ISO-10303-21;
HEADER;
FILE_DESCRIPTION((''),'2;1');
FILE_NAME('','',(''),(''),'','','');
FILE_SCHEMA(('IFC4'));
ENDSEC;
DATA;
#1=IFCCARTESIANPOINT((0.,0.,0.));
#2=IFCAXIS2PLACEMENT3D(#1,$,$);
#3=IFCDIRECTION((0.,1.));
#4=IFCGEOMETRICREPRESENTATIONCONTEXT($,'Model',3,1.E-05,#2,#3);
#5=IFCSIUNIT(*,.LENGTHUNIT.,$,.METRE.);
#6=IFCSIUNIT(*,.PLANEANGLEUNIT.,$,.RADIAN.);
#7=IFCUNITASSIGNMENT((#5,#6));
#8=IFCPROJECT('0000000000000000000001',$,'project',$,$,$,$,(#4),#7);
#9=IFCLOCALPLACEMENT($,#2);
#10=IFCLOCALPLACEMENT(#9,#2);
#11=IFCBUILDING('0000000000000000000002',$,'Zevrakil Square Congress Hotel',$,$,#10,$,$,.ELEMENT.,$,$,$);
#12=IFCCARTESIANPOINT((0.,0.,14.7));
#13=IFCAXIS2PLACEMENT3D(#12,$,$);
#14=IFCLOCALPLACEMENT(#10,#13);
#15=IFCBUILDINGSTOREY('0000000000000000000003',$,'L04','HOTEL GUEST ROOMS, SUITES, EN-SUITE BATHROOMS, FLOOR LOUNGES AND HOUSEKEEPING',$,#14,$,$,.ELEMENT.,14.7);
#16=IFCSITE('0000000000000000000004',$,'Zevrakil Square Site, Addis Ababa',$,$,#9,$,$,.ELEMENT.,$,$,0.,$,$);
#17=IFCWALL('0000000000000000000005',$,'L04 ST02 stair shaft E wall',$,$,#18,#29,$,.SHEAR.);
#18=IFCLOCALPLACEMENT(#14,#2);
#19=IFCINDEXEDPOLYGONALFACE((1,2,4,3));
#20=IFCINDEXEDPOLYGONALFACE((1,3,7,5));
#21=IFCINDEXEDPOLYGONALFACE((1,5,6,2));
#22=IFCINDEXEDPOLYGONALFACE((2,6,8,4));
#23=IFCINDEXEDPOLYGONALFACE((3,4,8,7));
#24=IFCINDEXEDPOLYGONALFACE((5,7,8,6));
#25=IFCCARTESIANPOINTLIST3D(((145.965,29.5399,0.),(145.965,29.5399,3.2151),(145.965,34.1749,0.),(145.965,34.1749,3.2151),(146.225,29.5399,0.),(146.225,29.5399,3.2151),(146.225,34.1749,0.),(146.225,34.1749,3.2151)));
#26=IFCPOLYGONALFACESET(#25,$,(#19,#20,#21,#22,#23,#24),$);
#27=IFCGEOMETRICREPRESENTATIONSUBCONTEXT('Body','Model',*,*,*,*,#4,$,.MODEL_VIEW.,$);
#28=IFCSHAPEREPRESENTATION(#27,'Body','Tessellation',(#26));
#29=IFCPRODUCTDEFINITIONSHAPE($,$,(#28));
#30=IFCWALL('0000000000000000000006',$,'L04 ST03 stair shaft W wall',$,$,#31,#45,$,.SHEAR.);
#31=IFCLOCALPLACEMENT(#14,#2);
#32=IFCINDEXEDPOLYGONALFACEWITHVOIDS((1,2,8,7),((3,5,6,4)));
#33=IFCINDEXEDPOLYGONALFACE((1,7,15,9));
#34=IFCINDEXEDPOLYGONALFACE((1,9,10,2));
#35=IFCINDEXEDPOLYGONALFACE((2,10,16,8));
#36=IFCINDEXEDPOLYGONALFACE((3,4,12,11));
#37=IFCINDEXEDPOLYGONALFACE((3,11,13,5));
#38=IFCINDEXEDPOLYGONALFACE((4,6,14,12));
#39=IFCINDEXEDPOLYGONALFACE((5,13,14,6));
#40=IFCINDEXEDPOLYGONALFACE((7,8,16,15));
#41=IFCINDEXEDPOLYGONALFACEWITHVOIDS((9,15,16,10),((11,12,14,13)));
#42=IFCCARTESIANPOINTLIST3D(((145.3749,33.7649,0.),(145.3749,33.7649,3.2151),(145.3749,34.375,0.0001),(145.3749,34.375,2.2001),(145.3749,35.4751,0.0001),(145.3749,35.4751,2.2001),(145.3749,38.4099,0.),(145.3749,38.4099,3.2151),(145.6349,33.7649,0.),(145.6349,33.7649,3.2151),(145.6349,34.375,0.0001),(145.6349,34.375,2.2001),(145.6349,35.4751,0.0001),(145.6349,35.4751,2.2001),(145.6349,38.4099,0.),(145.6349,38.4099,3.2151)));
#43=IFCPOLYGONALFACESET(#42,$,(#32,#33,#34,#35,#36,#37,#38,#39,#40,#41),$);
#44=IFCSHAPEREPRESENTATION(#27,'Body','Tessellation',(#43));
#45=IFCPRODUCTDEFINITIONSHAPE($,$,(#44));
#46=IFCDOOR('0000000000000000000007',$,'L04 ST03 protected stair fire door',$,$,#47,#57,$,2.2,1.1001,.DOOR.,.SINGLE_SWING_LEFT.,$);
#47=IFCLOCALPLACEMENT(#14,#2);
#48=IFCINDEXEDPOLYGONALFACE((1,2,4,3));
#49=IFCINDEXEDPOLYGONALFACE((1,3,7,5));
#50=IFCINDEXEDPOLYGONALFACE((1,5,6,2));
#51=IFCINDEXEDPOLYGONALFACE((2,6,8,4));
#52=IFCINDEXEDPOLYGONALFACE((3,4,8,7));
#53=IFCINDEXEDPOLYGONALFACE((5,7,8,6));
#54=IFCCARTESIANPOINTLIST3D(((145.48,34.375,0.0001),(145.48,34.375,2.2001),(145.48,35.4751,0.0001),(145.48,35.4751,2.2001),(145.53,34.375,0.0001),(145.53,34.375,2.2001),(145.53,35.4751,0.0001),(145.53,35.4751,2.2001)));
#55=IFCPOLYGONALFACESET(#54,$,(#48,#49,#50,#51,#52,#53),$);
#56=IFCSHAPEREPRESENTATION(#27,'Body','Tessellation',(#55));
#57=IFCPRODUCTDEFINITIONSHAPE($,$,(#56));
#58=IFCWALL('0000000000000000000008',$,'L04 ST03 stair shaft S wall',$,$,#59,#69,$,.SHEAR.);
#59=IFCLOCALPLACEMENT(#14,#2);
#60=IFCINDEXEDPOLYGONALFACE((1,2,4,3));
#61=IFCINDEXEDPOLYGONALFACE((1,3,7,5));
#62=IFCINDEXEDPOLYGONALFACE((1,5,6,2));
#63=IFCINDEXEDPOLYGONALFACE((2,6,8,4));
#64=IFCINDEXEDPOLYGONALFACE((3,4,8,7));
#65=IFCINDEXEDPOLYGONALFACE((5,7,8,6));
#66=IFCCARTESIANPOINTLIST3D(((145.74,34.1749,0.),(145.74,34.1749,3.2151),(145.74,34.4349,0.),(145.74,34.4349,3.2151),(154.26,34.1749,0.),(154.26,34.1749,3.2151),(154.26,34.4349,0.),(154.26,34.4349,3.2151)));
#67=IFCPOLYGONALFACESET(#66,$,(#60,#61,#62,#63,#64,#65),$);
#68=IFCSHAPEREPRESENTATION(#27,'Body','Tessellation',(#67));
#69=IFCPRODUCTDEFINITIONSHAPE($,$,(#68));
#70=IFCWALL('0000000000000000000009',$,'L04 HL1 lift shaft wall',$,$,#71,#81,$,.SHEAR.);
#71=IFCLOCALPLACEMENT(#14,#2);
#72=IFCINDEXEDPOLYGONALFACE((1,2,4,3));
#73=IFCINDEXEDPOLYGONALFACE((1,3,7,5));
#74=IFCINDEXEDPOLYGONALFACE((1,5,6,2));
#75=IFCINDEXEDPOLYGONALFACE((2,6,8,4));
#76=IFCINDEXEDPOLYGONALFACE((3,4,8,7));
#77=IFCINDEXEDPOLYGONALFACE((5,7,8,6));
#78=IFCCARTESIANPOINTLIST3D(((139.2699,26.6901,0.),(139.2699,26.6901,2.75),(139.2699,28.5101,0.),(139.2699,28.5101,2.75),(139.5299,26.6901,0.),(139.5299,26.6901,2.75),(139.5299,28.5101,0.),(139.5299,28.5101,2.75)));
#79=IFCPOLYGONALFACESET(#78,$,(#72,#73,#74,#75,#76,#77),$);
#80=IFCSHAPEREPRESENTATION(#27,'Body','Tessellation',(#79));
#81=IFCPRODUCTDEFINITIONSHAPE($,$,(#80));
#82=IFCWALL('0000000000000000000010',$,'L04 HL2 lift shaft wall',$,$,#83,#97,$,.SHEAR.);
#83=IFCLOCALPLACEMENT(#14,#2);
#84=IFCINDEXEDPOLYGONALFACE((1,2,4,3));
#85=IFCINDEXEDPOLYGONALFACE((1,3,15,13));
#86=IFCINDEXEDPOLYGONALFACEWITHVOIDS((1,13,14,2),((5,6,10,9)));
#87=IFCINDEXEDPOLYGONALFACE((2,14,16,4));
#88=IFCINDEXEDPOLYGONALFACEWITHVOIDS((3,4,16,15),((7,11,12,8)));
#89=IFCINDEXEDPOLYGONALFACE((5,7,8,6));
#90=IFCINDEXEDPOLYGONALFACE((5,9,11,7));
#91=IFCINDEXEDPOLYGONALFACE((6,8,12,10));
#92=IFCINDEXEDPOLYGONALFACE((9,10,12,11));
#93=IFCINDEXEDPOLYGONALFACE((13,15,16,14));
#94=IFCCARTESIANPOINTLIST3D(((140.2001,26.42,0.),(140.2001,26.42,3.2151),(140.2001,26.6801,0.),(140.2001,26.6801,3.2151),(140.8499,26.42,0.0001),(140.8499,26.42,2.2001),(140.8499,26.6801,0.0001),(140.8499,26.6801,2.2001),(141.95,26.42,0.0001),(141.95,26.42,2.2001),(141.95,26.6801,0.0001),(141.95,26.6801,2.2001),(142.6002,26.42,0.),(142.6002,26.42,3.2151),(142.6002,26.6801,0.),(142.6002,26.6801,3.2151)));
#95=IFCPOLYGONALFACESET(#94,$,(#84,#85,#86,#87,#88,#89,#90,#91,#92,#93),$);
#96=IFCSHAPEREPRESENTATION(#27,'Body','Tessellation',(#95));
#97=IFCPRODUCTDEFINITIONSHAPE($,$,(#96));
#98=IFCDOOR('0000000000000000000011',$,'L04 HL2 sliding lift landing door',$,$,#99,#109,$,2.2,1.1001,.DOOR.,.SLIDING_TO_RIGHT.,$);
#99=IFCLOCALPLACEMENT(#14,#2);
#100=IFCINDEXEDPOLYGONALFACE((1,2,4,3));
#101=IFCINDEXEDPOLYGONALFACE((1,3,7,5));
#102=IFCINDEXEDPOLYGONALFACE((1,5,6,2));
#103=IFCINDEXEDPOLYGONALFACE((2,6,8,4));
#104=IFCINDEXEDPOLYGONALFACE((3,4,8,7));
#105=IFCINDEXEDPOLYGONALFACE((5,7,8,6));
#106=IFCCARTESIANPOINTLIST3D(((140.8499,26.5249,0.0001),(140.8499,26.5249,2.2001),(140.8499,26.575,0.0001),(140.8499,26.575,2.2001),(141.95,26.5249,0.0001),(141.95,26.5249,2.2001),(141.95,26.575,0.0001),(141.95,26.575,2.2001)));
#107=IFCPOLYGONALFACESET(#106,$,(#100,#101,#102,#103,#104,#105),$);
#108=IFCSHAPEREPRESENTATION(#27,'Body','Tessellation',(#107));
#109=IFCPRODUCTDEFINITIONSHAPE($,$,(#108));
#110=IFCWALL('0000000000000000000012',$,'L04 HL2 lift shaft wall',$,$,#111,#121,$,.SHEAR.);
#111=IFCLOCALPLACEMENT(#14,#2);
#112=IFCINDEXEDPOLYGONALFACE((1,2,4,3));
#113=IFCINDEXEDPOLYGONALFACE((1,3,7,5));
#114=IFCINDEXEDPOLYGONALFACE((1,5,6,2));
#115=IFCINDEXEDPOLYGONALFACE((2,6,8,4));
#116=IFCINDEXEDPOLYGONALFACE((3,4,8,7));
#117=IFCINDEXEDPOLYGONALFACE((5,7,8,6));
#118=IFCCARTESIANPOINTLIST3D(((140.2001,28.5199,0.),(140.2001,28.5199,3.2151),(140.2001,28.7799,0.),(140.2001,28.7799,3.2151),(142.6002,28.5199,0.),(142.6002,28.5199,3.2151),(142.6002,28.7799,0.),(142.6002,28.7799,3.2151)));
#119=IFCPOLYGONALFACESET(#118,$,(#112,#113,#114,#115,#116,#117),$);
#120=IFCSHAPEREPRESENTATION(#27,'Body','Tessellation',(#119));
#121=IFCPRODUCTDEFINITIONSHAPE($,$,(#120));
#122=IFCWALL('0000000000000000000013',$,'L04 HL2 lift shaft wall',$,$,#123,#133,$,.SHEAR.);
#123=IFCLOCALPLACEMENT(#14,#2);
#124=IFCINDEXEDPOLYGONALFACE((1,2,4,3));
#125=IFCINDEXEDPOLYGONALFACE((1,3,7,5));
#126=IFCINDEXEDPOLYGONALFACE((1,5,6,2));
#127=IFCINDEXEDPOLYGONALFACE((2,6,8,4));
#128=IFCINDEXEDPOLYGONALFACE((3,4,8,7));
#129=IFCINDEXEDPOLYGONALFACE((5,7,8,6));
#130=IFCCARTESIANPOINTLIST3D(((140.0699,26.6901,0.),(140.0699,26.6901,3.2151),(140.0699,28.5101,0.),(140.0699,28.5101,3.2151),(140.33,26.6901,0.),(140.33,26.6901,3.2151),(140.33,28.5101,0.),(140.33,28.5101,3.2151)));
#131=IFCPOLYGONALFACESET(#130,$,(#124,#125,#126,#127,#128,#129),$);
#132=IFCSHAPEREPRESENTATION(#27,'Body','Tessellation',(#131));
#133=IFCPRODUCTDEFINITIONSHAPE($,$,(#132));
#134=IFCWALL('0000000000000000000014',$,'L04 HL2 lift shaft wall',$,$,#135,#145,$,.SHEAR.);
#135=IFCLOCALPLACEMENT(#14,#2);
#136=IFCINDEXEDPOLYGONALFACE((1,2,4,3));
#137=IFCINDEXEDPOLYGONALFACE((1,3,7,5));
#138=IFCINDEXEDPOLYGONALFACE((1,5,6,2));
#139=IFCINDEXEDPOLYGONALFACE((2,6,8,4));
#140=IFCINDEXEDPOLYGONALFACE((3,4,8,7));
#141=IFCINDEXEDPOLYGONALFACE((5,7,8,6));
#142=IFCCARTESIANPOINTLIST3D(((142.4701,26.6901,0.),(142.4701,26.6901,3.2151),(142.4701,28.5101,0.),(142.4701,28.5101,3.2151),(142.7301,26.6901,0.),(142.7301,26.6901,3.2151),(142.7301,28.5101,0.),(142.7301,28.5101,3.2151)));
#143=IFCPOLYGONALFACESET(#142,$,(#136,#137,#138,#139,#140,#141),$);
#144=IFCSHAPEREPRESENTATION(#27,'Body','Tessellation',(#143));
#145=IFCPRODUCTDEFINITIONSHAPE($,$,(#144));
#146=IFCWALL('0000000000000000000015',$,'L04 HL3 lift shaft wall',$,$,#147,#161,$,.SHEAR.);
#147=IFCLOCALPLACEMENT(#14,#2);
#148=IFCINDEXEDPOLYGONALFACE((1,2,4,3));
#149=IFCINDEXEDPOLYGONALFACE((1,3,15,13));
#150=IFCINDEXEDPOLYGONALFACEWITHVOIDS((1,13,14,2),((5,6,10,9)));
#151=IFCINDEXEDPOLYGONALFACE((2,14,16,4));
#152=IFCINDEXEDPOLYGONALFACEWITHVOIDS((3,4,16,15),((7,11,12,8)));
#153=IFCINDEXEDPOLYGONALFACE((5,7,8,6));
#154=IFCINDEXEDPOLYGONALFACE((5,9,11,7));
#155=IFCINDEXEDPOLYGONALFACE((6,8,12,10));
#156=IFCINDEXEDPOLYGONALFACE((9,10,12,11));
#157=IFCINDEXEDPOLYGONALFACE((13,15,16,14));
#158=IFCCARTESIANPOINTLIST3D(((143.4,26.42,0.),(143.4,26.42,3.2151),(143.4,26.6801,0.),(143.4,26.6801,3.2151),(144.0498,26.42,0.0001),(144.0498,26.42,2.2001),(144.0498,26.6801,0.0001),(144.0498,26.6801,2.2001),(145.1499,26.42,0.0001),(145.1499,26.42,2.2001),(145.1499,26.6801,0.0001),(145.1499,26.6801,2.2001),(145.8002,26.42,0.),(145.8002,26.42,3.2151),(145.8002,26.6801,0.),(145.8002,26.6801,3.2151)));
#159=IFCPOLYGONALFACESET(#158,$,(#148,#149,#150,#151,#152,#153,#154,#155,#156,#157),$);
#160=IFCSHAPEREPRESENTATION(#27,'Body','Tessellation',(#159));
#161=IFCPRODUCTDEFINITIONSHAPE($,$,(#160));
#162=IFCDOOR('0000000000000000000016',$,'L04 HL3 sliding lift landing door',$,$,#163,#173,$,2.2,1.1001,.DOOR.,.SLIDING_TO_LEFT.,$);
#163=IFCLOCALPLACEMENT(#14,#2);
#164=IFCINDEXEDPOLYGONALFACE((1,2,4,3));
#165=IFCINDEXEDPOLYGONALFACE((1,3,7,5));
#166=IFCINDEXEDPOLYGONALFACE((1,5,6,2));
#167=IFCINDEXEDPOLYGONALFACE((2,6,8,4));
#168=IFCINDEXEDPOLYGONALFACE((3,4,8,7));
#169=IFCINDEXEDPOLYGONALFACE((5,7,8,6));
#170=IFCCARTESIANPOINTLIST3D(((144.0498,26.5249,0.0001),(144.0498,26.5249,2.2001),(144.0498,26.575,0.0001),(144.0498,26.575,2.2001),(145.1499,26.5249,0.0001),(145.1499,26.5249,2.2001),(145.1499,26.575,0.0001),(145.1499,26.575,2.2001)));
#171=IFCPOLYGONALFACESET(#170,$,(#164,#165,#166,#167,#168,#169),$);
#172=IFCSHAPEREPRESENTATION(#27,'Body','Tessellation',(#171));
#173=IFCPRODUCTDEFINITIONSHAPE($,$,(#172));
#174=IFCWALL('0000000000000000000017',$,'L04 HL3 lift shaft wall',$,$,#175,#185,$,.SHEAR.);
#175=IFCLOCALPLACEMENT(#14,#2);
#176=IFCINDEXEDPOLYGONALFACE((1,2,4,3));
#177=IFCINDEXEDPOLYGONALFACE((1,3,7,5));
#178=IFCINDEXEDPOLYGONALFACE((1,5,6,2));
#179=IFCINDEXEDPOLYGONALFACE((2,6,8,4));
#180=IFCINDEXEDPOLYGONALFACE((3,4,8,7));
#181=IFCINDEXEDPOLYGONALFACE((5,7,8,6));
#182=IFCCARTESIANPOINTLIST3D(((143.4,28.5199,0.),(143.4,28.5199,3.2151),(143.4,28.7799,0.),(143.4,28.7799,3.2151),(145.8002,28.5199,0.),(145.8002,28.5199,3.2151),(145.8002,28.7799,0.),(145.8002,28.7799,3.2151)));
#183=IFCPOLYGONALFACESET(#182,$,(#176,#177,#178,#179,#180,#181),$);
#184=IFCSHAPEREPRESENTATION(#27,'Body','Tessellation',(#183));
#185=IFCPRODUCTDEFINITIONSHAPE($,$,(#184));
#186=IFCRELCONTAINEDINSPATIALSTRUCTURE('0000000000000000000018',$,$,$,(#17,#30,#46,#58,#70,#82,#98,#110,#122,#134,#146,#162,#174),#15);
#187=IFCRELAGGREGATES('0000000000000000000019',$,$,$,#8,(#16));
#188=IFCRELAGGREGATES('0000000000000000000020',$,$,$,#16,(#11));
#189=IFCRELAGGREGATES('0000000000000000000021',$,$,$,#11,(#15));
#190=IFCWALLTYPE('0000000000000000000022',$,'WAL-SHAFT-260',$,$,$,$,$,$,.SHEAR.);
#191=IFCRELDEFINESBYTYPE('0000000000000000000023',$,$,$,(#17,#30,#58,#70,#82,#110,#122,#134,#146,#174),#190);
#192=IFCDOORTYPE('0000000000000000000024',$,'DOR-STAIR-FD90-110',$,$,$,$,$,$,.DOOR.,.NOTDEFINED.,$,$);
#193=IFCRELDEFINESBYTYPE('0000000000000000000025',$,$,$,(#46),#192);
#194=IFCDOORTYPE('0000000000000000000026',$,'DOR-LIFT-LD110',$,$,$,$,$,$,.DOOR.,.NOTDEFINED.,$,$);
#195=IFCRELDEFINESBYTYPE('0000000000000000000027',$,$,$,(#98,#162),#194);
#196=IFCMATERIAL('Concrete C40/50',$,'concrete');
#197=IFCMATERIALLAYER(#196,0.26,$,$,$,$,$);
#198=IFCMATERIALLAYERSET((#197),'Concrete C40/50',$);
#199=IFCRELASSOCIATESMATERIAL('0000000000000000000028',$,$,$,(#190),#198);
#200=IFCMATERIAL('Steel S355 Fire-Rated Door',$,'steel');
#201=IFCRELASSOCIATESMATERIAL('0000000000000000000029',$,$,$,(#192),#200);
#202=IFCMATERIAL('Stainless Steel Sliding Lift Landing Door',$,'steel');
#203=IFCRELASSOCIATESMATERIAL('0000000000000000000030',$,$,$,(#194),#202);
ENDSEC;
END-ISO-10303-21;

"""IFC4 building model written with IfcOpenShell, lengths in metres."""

from ifc_helpers import new_model, si_unit, direction, frame, frame_2d, origin, place, context, subcontext, project, spatial, rectangle, extrude, material, layer, layer_set, type_object, element, fill, save


model = new_model("IFC4")

# Units and contexts
model_context = context("Model", 3, precision=1e-05, world=origin(), true_north=direction((0.0, 1.0)))
body_context = subcontext(model_context, "Body", "Model", "MODEL_VIEW")
ifc_project = project(units=[si_unit("LENGTHUNIT", "METRE"), si_unit("PLANEANGLEUNIT", "RADIAN")], contexts=[model_context])

# Site, building, storey
site_placement = place(None, origin())
site = spatial("IfcSite", under=ifc_project, at=site_placement, Name="Zevrakil Square Site, Addis Ababa", CompositionType="ELEMENT", RefElevation=0.0)
building_placement = place(site_placement, origin())
building = spatial("IfcBuilding", under=site, at=building_placement, Name="Zevrakil Square Congress Hotel", CompositionType="ELEMENT")
storey_placement = place(building_placement, frame((0.0, 0.0, 14.7)))
storey = spatial("IfcBuildingStorey", under=building, at=storey_placement, Name="L04", Description="HOTEL GUEST ROOMS, SUITES, EN-SUITE BATHROOMS, FLOOR LOUNGES AND HOUSEKEEPING", CompositionType="ELEMENT", Elevation=14.7)

# Wall
ifc_material_1 = material(Name="Concrete C40/50", Category="concrete")
ifc_layer_1 = layer(ifc_material_1, 0.26)
ifc_layer_set_1 = layer_set([ifc_layer_1], Name="Concrete C40/50")
wall_type_1 = type_object("IfcWallType", Name="WAL-SHAFT-260", PredefinedType="SHEAR", material=ifc_layer_set_1)
wall_1_placement = place(storey_placement, frame((146.095, 29.54, 0.0), z_axis=(0.0, 0.0, 1.0), x_axis=(0.0, 1.0, 0.0)))
element("IfcWall", 1, at=wall_1_placement, inside=storey, type_object=wall_type_1, Name="L04 ST02 stair shaft E wall", PredefinedType="SHEAR", context=body_context, shape_type="SweptSolid", body=[
    extrude(rectangle(XDim=4.635, YDim=0.26, at=frame_2d((2.3174, 0.0))), origin(), (0.0, 0.0, 1.0), 3.2151),
])

# Wall, opening, door
wall_2_placement = place(storey_placement, frame((145.5049, 33.7649, 0.0), z_axis=(0.0, 0.0, 1.0), x_axis=(0.0, 1.0, 0.0)))
wall_2 = element("IfcWall", 2, at=wall_2_placement, inside=storey, type_object=wall_type_1, Name="L04 ST03 stair shaft W wall", PredefinedType="SHEAR", context=body_context, shape_type="SweptSolid", body=[
    extrude(rectangle(XDim=4.645, YDim=0.26, at=frame_2d((2.3225, 0.0))), origin(), (0.0, 0.0, 1.0), 3.2151),
])
opening_1_placement = place(wall_2_placement, frame((0.6101, 0.0, 0.0)))
opening_1 = element("IfcOpeningElement", 3, at=opening_1_placement, cuts=wall_2, PredefinedType="OPENING", context=body_context, shape_type="SweptSolid", body=[
    extrude(rectangle(XDim=1.1001, YDim=2.2, at=frame_2d((0.55, 1.1001))), frame((0.0, 0.1401, 0.0), z_axis=(0.0, -1.0, 0.0), x_axis=(1.0, 0.0, 0.0)), (0.0, 0.0, 1.0), 0.28),
])
ifc_material_2 = material(Name="Steel S355 Fire-Rated Door", Category="steel")
door_type_1 = type_object("IfcDoorType", Name="DOR-STAIR-FD90-110", OperationType="NOTDEFINED", PredefinedType="DOOR", material=ifc_material_2)
door_1_placement = place(opening_1_placement, origin())
door_1 = element("IfcDoor", 4, at=door_1_placement, inside=storey, type_object=door_type_1, Name="L04 ST03 protected stair fire door", OperationType="SINGLE_SWING_LEFT", OverallHeight=2.2, OverallWidth=1.1001, PredefinedType="DOOR", context=body_context, shape_type="SweptSolid", body=[
    extrude(rectangle(XDim=1.1001, YDim=2.2, at=frame_2d((0.55, 1.1001))), frame((0.0, 0.0249, 0.0), z_axis=(0.0, -1.0, 0.0), x_axis=(1.0, 0.0, 0.0)), (0.0, 0.0, 1.0), 0.05),
])
fill(opening_1, door_1)

# Walls
wall_3_placement = place(storey_placement, frame((145.74, 34.3049, 0.0), z_axis=(0.0, 0.0, 1.0), x_axis=(1.0, 0.0, 0.0)))
element("IfcWall", 5, at=wall_3_placement, inside=storey, type_object=wall_type_1, Name="L04 ST03 stair shaft S wall", PredefinedType="SHEAR", context=body_context, shape_type="SweptSolid", body=[
    extrude(rectangle(XDim=8.52, YDim=0.26, at=frame_2d((4.26, 0.0))), origin(), (0.0, 0.0, 1.0), 3.2151),
])
wall_4_placement = place(storey_placement, frame((139.3999, 26.6899, 0.0), z_axis=(0.0, 0.0, 1.0), x_axis=(0.0, 1.0, 0.0)))
element("IfcWall", 6, at=wall_4_placement, inside=storey, type_object=wall_type_1, Name="L04 HL1 lift shaft wall", PredefinedType="SHEAR", context=body_context, shape_type="SweptSolid", body=[
    extrude(rectangle(XDim=1.8201, YDim=0.26, at=frame_2d((0.9102, 0.0))), origin(), (0.0, 0.0, 1.0), 2.75),
])

# Wall, opening, door
wall_5_placement = place(storey_placement, frame((140.2, 26.55, 0.0), z_axis=(0.0, 0.0, 1.0), x_axis=(1.0, 0.0, 0.0)))
wall_5 = element("IfcWall", 7, at=wall_5_placement, inside=storey, type_object=wall_type_1, Name="L04 HL2 lift shaft wall", PredefinedType="SHEAR", context=body_context, shape_type="SweptSolid", body=[
    extrude(rectangle(XDim=2.4001, YDim=0.26, at=frame_2d((1.2002, 0.0))), origin(), (0.0, 0.0, 1.0), 3.2151),
])
opening_2_placement = place(wall_5_placement, frame((0.6499, 0.0, 0.0)))
opening_2 = element("IfcOpeningElement", 8, at=opening_2_placement, cuts=wall_5, PredefinedType="OPENING", context=body_context, shape_type="SweptSolid", body=[
    extrude(rectangle(XDim=1.1001, YDim=2.2, at=frame_2d((0.55, 1.1001))), frame((0.0, 0.1401, 0.0), z_axis=(0.0, -1.0, 0.0), x_axis=(1.0, 0.0, 0.0)), (0.0, 0.0, 1.0), 0.28),
])
ifc_material_3 = material(Name="Stainless Steel Sliding Lift Landing Door", Category="steel")
door_type_2 = type_object("IfcDoorType", Name="DOR-LIFT-LD110", OperationType="NOTDEFINED", PredefinedType="DOOR", material=ifc_material_3)
door_2_placement = place(opening_2_placement, origin())
door_2 = element("IfcDoor", 9, at=door_2_placement, inside=storey, type_object=door_type_2, Name="L04 HL2 sliding lift landing door", OperationType="SLIDING_TO_RIGHT", OverallHeight=2.2, OverallWidth=1.1001, PredefinedType="DOOR", context=body_context, shape_type="SweptSolid", body=[
    extrude(rectangle(XDim=1.1001, YDim=2.2, at=frame_2d((0.55, 1.1001))), frame((0.0, 0.0249, 0.0), z_axis=(0.0, -1.0, 0.0), x_axis=(1.0, 0.0, 0.0)), (0.0, 0.0, 1.0), 0.05),
])
fill(opening_2, door_2)

# Walls
wall_6_placement = place(storey_placement, frame((140.2, 28.6499, 0.0), z_axis=(0.0, 0.0, 1.0), x_axis=(1.0, 0.0, 0.0)))
element("IfcWall", 10, at=wall_6_placement, inside=storey, type_object=wall_type_1, Name="L04 HL2 lift shaft wall", PredefinedType="SHEAR", context=body_context, shape_type="SweptSolid", body=[
    extrude(rectangle(XDim=2.4001, YDim=0.26, at=frame_2d((1.2002, 0.0))), origin(), (0.0, 0.0, 1.0), 3.2151),
])
for number, where, z_axis, x_axis, name in (
    (11, (140.2, 26.6899, 0.0), (0.0, 0.0, 1.0), (0.0, 1.0, 0.0), "L04 HL2 lift shaft wall"),
    (12, (142.6001, 26.6899, 0.0), (0.0, 0.0, 1.0), (0.0, 1.0, 0.0), "L04 HL2 lift shaft wall"),
):
    element("IfcWall", number, at=place(storey_placement, frame(where, z_axis=z_axis, x_axis=x_axis)), inside=storey, type_object=wall_type_1, Name=name, PredefinedType="SHEAR", context=body_context, shape_type="SweptSolid", body=[
        extrude(rectangle(XDim=1.8201, YDim=0.26, at=frame_2d((0.9102, 0.0))), origin(), (0.0, 0.0, 1.0), 3.2151),
    ])

# Wall, opening, door
wall_7_placement = place(storey_placement, frame((143.3999, 26.55, 0.0), z_axis=(0.0, 0.0, 1.0), x_axis=(1.0, 0.0, 0.0)))
wall_7 = element("IfcWall", 13, at=wall_7_placement, inside=storey, type_object=wall_type_1, Name="L04 HL3 lift shaft wall", PredefinedType="SHEAR", context=body_context, shape_type="SweptSolid", body=[
    extrude(rectangle(XDim=2.4001, YDim=0.26, at=frame_2d((1.2002, 0.0))), origin(), (0.0, 0.0, 1.0), 3.2151),
])
opening_3_placement = place(wall_7_placement, frame((0.6499, 0.0, 0.0)))
opening_3 = element("IfcOpeningElement", 14, at=opening_3_placement, cuts=wall_7, PredefinedType="OPENING", context=body_context, shape_type="SweptSolid", body=[
    extrude(rectangle(XDim=1.1001, YDim=2.2, at=frame_2d((0.55, 1.1001))), frame((0.0, 0.1401, 0.0), z_axis=(0.0, -1.0, 0.0), x_axis=(1.0, 0.0, 0.0)), (0.0, 0.0, 1.0), 0.28),
])
door_3_placement = place(opening_3_placement, origin())
door_3 = element("IfcDoor", 15, at=door_3_placement, inside=storey, type_object=door_type_2, Name="L04 HL3 sliding lift landing door", OperationType="SLIDING_TO_LEFT", OverallHeight=2.2, OverallWidth=1.1001, PredefinedType="DOOR", context=body_context, shape_type="SweptSolid", body=[
    extrude(rectangle(XDim=1.1001, YDim=2.2, at=frame_2d((0.55, 1.1001))), frame((0.0, 0.0249, 0.0), z_axis=(0.0, -1.0, 0.0), x_axis=(1.0, 0.0, 0.0)), (0.0, 0.0, 1.0), 0.05),
])
fill(opening_3, door_3)

# Wall
wall_8_placement = place(storey_placement, frame((143.3999, 28.6499, 0.0), z_axis=(0.0, 0.0, 1.0), x_axis=(1.0, 0.0, 0.0)))
element("IfcWall", 16, at=wall_8_placement, inside=storey, type_object=wall_type_1, Name="L04 HL3 lift shaft wall", PredefinedType="SHEAR", context=body_context, shape_type="SweptSolid", body=[
    extrude(rectangle(XDim=2.4001, YDim=0.26, at=frame_2d((1.2002, 0.0))), origin(), (0.0, 0.0, 1.0), 3.2151),
])

save(model, "model.ifc")
